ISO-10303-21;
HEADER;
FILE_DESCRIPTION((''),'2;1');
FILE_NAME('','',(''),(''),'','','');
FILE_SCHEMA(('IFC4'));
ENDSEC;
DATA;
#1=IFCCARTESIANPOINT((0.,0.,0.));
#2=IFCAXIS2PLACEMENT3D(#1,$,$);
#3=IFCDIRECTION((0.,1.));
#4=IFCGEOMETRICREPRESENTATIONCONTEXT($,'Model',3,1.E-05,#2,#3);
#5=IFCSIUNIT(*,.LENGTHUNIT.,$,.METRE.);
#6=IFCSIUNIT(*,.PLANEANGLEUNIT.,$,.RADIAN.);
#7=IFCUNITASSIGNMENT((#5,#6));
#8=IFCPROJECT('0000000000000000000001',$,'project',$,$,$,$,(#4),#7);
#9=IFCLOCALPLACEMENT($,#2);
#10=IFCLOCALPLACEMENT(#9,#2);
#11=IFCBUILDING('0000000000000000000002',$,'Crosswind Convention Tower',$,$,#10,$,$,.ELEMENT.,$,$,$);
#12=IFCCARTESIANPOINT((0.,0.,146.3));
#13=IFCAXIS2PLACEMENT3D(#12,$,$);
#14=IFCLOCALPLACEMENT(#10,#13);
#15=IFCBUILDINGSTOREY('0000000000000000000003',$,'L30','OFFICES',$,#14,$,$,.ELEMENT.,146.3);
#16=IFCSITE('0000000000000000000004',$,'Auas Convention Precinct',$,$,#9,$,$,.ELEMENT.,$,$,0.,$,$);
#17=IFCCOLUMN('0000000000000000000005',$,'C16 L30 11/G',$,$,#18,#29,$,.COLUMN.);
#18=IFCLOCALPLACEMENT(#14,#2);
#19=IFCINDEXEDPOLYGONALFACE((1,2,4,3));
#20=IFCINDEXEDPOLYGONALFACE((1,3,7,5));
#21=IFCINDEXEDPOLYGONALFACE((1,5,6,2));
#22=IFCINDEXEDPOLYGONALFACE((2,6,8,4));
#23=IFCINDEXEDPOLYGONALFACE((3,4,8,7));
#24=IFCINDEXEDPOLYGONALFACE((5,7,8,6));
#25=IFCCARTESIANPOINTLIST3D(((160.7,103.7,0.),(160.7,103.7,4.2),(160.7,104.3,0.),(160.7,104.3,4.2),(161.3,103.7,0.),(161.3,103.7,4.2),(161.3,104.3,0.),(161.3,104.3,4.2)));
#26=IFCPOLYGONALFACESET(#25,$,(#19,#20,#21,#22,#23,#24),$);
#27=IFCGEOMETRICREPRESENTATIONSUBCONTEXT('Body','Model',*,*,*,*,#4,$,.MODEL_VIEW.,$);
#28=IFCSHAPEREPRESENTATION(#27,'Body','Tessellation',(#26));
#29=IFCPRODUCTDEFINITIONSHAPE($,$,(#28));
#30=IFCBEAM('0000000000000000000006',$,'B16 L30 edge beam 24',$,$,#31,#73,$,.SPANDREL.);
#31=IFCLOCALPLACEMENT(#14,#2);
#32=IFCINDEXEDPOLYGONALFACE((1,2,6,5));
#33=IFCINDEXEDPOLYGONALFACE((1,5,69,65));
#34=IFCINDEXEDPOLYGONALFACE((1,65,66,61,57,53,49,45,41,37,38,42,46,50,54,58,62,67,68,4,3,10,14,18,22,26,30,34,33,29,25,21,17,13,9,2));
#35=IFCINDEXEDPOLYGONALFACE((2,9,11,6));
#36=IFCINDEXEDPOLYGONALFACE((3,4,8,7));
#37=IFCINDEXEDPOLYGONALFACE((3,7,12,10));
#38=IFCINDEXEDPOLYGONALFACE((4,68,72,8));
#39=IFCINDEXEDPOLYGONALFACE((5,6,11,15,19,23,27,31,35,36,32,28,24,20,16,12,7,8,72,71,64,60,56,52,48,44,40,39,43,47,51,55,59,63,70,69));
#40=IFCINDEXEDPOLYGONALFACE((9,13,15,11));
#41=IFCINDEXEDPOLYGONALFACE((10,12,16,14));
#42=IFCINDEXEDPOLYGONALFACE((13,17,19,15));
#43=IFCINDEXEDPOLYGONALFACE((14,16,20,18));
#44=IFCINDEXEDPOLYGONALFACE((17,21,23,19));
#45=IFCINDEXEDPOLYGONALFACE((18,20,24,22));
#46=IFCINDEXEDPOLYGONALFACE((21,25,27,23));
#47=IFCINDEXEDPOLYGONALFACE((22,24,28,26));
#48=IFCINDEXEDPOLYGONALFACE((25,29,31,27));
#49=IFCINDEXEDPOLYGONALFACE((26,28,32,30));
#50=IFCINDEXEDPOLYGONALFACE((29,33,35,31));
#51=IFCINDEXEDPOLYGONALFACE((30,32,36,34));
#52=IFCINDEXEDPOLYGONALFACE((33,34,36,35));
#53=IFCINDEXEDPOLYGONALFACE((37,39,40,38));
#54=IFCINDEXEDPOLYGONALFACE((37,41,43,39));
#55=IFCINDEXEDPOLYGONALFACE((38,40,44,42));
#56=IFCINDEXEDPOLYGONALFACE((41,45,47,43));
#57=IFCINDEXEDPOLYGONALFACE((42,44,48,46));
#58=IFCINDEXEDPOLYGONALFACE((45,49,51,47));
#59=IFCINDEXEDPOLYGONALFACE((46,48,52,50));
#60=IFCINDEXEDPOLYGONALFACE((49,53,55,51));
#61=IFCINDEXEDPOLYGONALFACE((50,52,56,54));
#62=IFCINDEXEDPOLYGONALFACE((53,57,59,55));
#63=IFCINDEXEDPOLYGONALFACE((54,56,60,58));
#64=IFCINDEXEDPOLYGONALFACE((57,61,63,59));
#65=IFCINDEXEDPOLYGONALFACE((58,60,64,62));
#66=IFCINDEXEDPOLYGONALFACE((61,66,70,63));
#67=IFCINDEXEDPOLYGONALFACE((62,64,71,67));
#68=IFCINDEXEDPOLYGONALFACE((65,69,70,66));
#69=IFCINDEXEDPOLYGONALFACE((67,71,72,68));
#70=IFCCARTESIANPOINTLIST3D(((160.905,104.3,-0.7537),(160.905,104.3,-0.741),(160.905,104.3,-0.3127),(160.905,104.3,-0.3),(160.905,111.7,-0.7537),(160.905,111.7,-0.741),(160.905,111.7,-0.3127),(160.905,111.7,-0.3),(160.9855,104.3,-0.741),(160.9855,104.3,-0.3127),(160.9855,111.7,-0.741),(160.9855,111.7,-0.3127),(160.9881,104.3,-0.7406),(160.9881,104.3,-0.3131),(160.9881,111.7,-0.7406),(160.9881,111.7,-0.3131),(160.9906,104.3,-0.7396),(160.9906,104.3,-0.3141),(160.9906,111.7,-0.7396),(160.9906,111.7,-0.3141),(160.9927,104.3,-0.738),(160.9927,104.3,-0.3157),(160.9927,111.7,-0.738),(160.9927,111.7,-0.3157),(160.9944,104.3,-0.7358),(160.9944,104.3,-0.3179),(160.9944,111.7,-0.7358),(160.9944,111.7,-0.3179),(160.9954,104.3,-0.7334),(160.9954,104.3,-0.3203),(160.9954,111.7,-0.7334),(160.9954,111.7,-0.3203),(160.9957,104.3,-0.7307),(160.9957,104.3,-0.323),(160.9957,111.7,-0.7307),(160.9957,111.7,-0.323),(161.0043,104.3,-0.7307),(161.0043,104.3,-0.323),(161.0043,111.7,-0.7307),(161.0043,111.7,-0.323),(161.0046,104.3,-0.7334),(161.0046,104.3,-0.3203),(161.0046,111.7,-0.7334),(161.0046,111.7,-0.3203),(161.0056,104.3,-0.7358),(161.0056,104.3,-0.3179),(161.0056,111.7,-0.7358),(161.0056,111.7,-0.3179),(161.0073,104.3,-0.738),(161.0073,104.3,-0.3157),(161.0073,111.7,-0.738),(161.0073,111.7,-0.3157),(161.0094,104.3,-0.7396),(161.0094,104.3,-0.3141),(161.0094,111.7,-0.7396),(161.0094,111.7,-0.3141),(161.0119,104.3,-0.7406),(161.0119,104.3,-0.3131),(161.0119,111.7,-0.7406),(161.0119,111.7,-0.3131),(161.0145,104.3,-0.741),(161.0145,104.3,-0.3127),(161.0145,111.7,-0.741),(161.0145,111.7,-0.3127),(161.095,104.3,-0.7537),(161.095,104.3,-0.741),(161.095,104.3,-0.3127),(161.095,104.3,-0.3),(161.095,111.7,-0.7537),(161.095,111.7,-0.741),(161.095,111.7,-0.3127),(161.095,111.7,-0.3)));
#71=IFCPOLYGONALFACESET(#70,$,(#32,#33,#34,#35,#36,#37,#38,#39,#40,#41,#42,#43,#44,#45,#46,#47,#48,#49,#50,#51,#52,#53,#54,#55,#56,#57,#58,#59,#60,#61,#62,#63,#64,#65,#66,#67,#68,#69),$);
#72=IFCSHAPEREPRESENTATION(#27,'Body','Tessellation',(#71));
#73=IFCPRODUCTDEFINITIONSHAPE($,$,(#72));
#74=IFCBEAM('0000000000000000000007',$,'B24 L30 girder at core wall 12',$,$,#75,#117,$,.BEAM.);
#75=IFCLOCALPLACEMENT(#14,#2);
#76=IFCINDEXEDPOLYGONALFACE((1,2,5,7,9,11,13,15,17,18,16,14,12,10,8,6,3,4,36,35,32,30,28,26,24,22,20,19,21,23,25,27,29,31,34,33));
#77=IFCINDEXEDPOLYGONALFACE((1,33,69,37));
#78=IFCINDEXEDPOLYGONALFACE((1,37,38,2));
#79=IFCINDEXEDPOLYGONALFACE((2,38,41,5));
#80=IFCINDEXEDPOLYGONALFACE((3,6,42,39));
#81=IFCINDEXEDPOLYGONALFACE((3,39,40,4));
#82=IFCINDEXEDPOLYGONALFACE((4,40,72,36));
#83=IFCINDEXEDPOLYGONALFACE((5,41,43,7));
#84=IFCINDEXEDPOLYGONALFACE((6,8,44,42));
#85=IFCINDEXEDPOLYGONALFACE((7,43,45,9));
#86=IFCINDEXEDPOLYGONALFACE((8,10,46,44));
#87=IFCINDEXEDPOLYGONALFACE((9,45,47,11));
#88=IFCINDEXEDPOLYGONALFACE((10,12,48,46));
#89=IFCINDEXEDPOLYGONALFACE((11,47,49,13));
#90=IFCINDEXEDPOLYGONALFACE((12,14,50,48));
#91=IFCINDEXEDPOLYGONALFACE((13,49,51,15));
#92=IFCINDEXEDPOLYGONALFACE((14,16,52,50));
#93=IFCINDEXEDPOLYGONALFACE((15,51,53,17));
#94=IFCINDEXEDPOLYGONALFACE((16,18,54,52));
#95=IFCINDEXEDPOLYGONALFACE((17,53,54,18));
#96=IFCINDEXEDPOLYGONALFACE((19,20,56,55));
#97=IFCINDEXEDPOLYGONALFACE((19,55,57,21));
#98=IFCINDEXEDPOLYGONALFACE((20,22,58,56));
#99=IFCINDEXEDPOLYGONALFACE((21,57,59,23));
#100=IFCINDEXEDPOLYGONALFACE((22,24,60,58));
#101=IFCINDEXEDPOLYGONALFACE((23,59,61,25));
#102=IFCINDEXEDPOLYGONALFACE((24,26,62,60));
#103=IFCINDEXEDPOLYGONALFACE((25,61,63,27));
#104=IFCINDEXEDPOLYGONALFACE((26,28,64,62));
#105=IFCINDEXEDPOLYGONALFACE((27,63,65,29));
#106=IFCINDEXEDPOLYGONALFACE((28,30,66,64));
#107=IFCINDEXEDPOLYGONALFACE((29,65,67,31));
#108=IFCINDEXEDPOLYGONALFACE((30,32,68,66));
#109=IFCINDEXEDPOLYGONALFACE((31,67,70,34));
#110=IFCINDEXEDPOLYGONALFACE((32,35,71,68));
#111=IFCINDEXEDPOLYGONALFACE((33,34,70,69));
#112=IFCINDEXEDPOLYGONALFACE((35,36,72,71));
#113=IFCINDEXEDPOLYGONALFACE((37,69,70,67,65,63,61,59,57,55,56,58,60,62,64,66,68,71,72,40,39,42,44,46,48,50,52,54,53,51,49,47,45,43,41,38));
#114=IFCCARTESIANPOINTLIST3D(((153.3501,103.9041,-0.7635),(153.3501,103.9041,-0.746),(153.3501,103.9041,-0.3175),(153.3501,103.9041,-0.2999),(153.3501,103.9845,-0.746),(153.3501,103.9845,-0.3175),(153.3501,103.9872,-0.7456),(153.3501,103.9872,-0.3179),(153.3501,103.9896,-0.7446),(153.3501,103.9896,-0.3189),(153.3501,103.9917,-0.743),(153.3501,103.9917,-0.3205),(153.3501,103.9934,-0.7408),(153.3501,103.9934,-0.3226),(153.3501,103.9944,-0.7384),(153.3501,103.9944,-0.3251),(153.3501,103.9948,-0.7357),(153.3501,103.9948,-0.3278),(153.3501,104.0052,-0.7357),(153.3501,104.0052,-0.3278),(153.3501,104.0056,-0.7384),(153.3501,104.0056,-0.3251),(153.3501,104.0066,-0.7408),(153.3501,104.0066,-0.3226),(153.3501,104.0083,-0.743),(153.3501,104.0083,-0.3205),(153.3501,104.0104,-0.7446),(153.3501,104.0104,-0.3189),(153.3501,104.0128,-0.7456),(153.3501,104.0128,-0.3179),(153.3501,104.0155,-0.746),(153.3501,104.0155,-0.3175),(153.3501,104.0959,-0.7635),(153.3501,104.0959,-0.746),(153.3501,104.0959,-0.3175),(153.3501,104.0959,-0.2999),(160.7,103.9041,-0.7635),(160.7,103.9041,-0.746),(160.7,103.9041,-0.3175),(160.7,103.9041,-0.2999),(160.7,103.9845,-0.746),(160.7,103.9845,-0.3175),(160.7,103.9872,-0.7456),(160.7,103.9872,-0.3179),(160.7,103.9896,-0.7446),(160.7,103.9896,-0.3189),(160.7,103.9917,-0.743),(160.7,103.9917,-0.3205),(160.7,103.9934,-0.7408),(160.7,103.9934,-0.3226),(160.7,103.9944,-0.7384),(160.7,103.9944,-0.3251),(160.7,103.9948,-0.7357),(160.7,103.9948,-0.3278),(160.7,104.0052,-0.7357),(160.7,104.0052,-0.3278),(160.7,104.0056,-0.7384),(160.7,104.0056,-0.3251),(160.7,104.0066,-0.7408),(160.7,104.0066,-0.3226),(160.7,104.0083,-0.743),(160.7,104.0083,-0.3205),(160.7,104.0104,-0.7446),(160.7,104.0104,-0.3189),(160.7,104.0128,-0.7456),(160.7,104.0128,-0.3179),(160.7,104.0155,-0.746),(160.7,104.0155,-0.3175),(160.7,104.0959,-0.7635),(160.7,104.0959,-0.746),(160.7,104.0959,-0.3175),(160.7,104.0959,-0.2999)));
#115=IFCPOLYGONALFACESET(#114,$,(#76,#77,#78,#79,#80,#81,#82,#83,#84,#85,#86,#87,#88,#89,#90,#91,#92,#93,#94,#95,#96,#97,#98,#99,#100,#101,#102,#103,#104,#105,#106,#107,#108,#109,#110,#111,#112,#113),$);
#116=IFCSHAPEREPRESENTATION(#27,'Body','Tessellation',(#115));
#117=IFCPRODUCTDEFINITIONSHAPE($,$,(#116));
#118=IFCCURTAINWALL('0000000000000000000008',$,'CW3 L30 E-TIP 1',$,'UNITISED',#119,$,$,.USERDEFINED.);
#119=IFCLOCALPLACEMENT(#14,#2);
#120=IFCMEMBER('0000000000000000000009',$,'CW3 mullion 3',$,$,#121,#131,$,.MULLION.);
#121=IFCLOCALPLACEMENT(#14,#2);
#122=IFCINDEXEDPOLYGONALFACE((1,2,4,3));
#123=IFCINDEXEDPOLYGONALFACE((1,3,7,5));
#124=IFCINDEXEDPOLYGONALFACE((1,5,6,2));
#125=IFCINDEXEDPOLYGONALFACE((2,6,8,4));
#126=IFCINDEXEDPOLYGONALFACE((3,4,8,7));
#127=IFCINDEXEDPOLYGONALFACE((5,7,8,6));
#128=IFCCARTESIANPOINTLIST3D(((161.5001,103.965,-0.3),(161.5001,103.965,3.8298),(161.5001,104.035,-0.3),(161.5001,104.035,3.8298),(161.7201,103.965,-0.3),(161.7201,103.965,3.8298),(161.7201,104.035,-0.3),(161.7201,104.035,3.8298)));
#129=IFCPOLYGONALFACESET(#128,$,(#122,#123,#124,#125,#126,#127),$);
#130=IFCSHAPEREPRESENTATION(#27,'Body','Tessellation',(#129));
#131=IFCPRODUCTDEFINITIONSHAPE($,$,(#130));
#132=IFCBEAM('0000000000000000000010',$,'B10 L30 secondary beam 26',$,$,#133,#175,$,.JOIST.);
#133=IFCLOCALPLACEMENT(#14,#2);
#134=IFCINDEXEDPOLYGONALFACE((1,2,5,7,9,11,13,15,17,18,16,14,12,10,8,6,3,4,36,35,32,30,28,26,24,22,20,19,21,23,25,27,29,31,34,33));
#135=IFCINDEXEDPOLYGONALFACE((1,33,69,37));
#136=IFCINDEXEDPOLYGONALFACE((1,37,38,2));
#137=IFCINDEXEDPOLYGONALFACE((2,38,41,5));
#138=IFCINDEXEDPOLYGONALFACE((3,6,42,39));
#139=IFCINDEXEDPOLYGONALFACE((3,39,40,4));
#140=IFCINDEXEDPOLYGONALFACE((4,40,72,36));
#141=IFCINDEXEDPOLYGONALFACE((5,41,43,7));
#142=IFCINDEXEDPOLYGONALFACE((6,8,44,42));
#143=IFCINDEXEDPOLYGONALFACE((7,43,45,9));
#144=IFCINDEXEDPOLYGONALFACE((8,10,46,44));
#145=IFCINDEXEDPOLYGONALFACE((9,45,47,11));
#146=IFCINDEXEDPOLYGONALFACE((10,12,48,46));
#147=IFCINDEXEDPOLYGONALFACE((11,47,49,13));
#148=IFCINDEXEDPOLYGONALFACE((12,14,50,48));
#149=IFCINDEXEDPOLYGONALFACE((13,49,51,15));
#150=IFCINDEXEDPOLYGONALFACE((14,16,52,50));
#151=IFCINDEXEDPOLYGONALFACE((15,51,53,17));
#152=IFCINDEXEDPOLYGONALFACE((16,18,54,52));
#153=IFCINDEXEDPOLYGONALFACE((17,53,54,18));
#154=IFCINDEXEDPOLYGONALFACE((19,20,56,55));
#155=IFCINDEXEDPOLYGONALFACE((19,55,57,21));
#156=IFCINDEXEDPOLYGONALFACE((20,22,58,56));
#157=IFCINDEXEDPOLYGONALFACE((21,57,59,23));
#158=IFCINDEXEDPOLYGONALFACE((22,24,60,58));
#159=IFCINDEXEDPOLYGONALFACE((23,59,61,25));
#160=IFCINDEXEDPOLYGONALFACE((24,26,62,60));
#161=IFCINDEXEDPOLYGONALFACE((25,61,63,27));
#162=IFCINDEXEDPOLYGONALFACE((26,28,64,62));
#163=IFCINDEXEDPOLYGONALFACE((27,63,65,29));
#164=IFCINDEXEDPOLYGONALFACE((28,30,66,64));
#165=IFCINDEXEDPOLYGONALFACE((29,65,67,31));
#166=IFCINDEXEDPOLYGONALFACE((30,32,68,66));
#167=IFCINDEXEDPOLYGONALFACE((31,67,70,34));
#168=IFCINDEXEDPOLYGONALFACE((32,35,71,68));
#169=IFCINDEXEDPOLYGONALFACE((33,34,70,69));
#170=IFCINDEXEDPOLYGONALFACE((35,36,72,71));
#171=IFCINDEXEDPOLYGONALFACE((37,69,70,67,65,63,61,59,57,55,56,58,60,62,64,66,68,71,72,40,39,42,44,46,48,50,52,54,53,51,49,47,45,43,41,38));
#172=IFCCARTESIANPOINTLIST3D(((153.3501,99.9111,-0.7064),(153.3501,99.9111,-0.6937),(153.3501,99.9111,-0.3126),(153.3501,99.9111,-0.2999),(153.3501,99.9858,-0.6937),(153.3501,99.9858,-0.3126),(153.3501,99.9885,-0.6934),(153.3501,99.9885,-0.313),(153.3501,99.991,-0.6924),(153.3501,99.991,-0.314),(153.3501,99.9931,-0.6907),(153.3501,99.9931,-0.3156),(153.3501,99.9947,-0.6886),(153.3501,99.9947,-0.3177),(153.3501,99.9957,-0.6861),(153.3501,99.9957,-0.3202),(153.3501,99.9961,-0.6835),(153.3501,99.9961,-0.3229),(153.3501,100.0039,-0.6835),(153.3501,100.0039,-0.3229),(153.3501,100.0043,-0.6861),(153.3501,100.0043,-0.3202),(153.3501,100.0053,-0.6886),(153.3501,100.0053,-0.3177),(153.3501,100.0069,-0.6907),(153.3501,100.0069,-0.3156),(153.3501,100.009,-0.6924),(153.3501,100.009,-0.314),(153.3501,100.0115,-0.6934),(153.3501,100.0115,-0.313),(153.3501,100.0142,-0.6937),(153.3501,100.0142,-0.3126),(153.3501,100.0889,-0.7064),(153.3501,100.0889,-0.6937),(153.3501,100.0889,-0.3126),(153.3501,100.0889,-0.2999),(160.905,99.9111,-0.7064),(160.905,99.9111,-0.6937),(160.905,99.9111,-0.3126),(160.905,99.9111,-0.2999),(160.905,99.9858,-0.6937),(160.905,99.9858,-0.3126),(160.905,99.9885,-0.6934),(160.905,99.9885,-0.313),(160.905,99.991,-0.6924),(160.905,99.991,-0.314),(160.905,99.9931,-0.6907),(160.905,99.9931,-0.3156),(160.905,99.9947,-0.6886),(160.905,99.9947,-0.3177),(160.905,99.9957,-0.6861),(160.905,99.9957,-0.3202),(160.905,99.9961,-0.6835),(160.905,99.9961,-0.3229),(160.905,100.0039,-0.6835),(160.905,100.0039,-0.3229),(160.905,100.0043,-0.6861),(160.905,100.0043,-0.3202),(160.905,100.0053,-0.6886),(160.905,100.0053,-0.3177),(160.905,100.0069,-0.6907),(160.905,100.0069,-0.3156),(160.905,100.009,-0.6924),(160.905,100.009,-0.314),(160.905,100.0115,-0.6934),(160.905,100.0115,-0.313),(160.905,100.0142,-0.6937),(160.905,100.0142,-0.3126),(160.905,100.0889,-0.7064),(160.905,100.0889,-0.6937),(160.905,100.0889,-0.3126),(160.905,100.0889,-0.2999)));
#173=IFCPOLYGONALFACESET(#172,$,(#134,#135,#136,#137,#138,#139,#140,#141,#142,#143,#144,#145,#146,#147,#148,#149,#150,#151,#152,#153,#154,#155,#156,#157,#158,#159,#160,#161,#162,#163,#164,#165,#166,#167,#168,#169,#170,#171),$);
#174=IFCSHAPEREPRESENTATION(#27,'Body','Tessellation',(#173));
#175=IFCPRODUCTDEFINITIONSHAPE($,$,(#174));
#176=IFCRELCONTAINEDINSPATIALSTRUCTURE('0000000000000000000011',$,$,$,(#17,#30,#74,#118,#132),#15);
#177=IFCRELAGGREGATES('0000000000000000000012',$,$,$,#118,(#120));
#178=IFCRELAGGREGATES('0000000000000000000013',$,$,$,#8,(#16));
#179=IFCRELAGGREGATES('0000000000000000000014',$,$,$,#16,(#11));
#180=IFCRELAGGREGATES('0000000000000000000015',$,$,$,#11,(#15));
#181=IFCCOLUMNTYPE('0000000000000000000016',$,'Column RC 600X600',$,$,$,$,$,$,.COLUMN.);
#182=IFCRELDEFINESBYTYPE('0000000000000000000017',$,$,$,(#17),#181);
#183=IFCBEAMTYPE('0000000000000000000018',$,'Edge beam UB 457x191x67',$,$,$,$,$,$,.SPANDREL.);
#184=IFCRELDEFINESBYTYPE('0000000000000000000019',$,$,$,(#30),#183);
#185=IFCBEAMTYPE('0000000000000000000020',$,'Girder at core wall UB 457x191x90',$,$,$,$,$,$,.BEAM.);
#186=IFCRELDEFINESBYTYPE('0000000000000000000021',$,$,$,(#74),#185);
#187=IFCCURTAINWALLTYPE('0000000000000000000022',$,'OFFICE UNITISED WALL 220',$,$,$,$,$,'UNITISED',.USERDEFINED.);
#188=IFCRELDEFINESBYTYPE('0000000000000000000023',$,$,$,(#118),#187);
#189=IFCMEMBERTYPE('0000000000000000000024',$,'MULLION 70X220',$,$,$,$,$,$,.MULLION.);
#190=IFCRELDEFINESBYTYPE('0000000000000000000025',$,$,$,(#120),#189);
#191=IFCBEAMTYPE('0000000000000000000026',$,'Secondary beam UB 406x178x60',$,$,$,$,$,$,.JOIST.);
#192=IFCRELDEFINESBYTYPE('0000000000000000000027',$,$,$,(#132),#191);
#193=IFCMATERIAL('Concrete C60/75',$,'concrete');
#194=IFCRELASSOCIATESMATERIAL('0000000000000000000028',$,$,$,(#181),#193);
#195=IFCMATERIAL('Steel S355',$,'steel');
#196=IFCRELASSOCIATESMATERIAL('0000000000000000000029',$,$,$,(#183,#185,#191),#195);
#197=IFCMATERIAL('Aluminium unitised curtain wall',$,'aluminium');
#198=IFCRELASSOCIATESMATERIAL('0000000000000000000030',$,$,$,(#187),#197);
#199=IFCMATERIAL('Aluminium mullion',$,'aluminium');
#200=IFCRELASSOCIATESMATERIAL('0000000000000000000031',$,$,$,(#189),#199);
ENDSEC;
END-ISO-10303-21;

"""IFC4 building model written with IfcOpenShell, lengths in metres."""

from ifc_helpers import new_model, si_unit, direction, frame, origin, origin_2d, place, context, subcontext, project, spatial, rectangle, i_section, extrude, material, material_profile, profile_set, type_object, element, aggregate, save


model = new_model("IFC4")

# Units and contexts
model_context = context("Model", 3, precision=1e-05, world=origin(), true_north=direction((0.0, 1.0)))
body_context = subcontext(model_context, "Body", "Model", "MODEL_VIEW")
ifc_project = project(units=[si_unit("LENGTHUNIT", "METRE"), si_unit("PLANEANGLEUNIT", "RADIAN")], contexts=[model_context])

# Site, building, storey
site_placement = place(None, origin())
site = spatial("IfcSite", under=ifc_project, at=site_placement, Name="Auas Convention Precinct", CompositionType="ELEMENT", RefElevation=0.0)
building_placement = place(site_placement, origin())
building = spatial("IfcBuilding", under=site, at=building_placement, Name="Crosswind Convention Tower", CompositionType="ELEMENT")
storey_placement = place(building_placement, frame((0.0, 0.0, 146.3)))
storey = spatial("IfcBuildingStorey", under=building, at=storey_placement, Name="L30", Description="OFFICES", CompositionType="ELEMENT", Elevation=146.3)

# Column
ifc_material_1 = material(Name="Concrete C60/75", Category="concrete")
ifc_material_profile_1 = material_profile(ifc_material_1, rectangle(XDim=0.6001, YDim=0.6001, at=origin_2d()), Name="RC 600X600")
ifc_profile_set_1 = profile_set([ifc_material_profile_1], Name="Concrete C60/75")
column_type = type_object("IfcColumnType", Name="Column RC 600X600", PredefinedType="COLUMN", material=ifc_profile_set_1)
column_placement = place(storey_placement, frame((161.0, 104.0, 0.0), z_axis=(0.0, 0.0, 1.0), x_axis=(1.0, 0.0, 0.0)))
element("IfcColumn", 1, at=column_placement, inside=storey, type_object=column_type, Name="C16 L30 11/G", PredefinedType="COLUMN", context=body_context, shape_type="SweptSolid", body=[
    extrude(rectangle(XDim=0.6001, YDim=0.6001, at=origin_2d()), origin(), (0.0, 0.0, 1.0), 4.2),
])

# Beams
ifc_material_2 = material(Name="Steel S355", Category="steel")
ifc_material_profile_2 = material_profile(ifc_material_2, i_section(OverallWidth=0.1899, OverallDepth=0.4536, WebThickness=0.0085, FlangeThickness=0.0127, FilletRadius=0.0103, at=origin_2d()), Name="UB 457x191x67")
ifc_profile_set_2 = profile_set([ifc_material_profile_2], Name="Steel S355")
beam_type_1 = type_object("IfcBeamType", Name="Edge beam UB 457x191x67", PredefinedType="SPANDREL", material=ifc_profile_set_2)
beam_1_placement = place(storey_placement, frame((161.0, 104.3, -0.5269), z_axis=(0.0, 1.0, 0.0), x_axis=(-1.0, 0.0, 0.0)))
element("IfcBeam", 2, at=beam_1_placement, inside=storey, type_object=beam_type_1, Name="B16 L30 edge beam 24", PredefinedType="SPANDREL", context=body_context, shape_type="SweptSolid", body=[
    extrude(i_section(OverallWidth=0.1899, OverallDepth=0.4536, WebThickness=0.0085, FlangeThickness=0.0127, FilletRadius=0.0103, at=origin_2d()), origin(), (0.0, 0.0, 1.0), 7.3999),
])
ifc_material_profile_3 = material_profile(ifc_material_2, i_section(OverallWidth=0.1919, OverallDepth=0.4636, WebThickness=0.0105, FlangeThickness=0.0176, FilletRadius=0.0103, at=origin_2d()), Name="UB 457x191x90")
ifc_profile_set_3 = profile_set([ifc_material_profile_3], Name="Steel S355")
beam_type_2 = type_object("IfcBeamType", Name="Girder at core wall UB 457x191x90", PredefinedType="BEAM", material=ifc_profile_set_3)
beam_2_placement = place(storey_placement, frame((153.3501, 104.0, -0.5317), z_axis=(1.0, 0.0, 0.0), x_axis=(0.0, 1.0, 0.0)))
element("IfcBeam", 3, at=beam_2_placement, inside=storey, type_object=beam_type_2, Name="B24 L30 girder at core wall 12", PredefinedType="BEAM", context=body_context, shape_type="SweptSolid", body=[
    extrude(i_section(OverallWidth=0.1919, OverallDepth=0.4636, WebThickness=0.0105, FlangeThickness=0.0176, FilletRadius=0.0103, at=origin_2d()), origin(), (0.0, 0.0, 1.0), 7.3499),
])

# Curtain wall, member
ifc_material_3 = material(Name="Aluminium unitised curtain wall", Category="aluminium")
curtain_wall_type = type_object("IfcCurtainWallType", Name="OFFICE UNITISED WALL 220", ElementType="UNITISED", PredefinedType="USERDEFINED", material=ifc_material_3)
curtain_wall_placement = place(storey_placement, origin())
curtain_wall = element("IfcCurtainWall", 4, at=curtain_wall_placement, inside=storey, type_object=curtain_wall_type, Name="CW3 L30 E-TIP 1", ObjectType="UNITISED", PredefinedType="USERDEFINED")
ifc_material_4 = material(Name="Aluminium mullion", Category="aluminium")
ifc_material_profile_4 = material_profile(ifc_material_4, rectangle(XDim=0.22, YDim=0.0701, at=origin_2d()), Name="AL 220X70")
ifc_profile_set_4 = profile_set([ifc_material_profile_4], Name="Aluminium mullion")
member_type = type_object("IfcMemberType", Name="MULLION 70X220", PredefinedType="MULLION", material=ifc_profile_set_4)
member_placement = place(storey_placement, frame((161.6101, 104.0, -0.3), z_axis=(0.0, 0.0, 1.0), x_axis=(1.0, 0.0, 0.0)))
member = element("IfcMember", 5, at=member_placement, type_object=member_type, Name="CW3 mullion 3", PredefinedType="MULLION", context=body_context, shape_type="SweptSolid", body=[
    extrude(rectangle(XDim=0.22, YDim=0.0701, at=origin_2d()), origin(), (0.0, 0.0, 1.0), 4.1299),
])

# Beam
ifc_material_profile_5 = material_profile(ifc_material_2, i_section(OverallWidth=0.1777, OverallDepth=0.4065, WebThickness=0.0078, FlangeThickness=0.0127, FilletRadius=0.0103, at=origin_2d()), Name="UB 406x178x60")
ifc_profile_set_5 = profile_set([ifc_material_profile_5], Name="Steel S355")
beam_type_3 = type_object("IfcBeamType", Name="Secondary beam UB 406x178x60", PredefinedType="JOIST", material=ifc_profile_set_5)
for number, where, z_axis, x_axis, name in (
    (6, (153.3501, 100.0, -0.5032), (1.0, 0.0, 0.0), (0.0, 1.0, 0.0), "B10 L30 secondary beam 26"),
):
    element("IfcBeam", number, at=place(storey_placement, frame(where, z_axis=z_axis, x_axis=x_axis)), inside=storey, type_object=beam_type_3, Name=name, PredefinedType="JOIST", context=body_context, shape_type="SweptSolid", body=[
        extrude(i_section(OverallWidth=0.1777, OverallDepth=0.4065, WebThickness=0.0078, FlangeThickness=0.0127, FilletRadius=0.0103, at=origin_2d()), origin(), (0.0, 0.0, 1.0), 7.5549),
    ])

aggregate(curtain_wall, [member])

save(model, "model.ifc")
